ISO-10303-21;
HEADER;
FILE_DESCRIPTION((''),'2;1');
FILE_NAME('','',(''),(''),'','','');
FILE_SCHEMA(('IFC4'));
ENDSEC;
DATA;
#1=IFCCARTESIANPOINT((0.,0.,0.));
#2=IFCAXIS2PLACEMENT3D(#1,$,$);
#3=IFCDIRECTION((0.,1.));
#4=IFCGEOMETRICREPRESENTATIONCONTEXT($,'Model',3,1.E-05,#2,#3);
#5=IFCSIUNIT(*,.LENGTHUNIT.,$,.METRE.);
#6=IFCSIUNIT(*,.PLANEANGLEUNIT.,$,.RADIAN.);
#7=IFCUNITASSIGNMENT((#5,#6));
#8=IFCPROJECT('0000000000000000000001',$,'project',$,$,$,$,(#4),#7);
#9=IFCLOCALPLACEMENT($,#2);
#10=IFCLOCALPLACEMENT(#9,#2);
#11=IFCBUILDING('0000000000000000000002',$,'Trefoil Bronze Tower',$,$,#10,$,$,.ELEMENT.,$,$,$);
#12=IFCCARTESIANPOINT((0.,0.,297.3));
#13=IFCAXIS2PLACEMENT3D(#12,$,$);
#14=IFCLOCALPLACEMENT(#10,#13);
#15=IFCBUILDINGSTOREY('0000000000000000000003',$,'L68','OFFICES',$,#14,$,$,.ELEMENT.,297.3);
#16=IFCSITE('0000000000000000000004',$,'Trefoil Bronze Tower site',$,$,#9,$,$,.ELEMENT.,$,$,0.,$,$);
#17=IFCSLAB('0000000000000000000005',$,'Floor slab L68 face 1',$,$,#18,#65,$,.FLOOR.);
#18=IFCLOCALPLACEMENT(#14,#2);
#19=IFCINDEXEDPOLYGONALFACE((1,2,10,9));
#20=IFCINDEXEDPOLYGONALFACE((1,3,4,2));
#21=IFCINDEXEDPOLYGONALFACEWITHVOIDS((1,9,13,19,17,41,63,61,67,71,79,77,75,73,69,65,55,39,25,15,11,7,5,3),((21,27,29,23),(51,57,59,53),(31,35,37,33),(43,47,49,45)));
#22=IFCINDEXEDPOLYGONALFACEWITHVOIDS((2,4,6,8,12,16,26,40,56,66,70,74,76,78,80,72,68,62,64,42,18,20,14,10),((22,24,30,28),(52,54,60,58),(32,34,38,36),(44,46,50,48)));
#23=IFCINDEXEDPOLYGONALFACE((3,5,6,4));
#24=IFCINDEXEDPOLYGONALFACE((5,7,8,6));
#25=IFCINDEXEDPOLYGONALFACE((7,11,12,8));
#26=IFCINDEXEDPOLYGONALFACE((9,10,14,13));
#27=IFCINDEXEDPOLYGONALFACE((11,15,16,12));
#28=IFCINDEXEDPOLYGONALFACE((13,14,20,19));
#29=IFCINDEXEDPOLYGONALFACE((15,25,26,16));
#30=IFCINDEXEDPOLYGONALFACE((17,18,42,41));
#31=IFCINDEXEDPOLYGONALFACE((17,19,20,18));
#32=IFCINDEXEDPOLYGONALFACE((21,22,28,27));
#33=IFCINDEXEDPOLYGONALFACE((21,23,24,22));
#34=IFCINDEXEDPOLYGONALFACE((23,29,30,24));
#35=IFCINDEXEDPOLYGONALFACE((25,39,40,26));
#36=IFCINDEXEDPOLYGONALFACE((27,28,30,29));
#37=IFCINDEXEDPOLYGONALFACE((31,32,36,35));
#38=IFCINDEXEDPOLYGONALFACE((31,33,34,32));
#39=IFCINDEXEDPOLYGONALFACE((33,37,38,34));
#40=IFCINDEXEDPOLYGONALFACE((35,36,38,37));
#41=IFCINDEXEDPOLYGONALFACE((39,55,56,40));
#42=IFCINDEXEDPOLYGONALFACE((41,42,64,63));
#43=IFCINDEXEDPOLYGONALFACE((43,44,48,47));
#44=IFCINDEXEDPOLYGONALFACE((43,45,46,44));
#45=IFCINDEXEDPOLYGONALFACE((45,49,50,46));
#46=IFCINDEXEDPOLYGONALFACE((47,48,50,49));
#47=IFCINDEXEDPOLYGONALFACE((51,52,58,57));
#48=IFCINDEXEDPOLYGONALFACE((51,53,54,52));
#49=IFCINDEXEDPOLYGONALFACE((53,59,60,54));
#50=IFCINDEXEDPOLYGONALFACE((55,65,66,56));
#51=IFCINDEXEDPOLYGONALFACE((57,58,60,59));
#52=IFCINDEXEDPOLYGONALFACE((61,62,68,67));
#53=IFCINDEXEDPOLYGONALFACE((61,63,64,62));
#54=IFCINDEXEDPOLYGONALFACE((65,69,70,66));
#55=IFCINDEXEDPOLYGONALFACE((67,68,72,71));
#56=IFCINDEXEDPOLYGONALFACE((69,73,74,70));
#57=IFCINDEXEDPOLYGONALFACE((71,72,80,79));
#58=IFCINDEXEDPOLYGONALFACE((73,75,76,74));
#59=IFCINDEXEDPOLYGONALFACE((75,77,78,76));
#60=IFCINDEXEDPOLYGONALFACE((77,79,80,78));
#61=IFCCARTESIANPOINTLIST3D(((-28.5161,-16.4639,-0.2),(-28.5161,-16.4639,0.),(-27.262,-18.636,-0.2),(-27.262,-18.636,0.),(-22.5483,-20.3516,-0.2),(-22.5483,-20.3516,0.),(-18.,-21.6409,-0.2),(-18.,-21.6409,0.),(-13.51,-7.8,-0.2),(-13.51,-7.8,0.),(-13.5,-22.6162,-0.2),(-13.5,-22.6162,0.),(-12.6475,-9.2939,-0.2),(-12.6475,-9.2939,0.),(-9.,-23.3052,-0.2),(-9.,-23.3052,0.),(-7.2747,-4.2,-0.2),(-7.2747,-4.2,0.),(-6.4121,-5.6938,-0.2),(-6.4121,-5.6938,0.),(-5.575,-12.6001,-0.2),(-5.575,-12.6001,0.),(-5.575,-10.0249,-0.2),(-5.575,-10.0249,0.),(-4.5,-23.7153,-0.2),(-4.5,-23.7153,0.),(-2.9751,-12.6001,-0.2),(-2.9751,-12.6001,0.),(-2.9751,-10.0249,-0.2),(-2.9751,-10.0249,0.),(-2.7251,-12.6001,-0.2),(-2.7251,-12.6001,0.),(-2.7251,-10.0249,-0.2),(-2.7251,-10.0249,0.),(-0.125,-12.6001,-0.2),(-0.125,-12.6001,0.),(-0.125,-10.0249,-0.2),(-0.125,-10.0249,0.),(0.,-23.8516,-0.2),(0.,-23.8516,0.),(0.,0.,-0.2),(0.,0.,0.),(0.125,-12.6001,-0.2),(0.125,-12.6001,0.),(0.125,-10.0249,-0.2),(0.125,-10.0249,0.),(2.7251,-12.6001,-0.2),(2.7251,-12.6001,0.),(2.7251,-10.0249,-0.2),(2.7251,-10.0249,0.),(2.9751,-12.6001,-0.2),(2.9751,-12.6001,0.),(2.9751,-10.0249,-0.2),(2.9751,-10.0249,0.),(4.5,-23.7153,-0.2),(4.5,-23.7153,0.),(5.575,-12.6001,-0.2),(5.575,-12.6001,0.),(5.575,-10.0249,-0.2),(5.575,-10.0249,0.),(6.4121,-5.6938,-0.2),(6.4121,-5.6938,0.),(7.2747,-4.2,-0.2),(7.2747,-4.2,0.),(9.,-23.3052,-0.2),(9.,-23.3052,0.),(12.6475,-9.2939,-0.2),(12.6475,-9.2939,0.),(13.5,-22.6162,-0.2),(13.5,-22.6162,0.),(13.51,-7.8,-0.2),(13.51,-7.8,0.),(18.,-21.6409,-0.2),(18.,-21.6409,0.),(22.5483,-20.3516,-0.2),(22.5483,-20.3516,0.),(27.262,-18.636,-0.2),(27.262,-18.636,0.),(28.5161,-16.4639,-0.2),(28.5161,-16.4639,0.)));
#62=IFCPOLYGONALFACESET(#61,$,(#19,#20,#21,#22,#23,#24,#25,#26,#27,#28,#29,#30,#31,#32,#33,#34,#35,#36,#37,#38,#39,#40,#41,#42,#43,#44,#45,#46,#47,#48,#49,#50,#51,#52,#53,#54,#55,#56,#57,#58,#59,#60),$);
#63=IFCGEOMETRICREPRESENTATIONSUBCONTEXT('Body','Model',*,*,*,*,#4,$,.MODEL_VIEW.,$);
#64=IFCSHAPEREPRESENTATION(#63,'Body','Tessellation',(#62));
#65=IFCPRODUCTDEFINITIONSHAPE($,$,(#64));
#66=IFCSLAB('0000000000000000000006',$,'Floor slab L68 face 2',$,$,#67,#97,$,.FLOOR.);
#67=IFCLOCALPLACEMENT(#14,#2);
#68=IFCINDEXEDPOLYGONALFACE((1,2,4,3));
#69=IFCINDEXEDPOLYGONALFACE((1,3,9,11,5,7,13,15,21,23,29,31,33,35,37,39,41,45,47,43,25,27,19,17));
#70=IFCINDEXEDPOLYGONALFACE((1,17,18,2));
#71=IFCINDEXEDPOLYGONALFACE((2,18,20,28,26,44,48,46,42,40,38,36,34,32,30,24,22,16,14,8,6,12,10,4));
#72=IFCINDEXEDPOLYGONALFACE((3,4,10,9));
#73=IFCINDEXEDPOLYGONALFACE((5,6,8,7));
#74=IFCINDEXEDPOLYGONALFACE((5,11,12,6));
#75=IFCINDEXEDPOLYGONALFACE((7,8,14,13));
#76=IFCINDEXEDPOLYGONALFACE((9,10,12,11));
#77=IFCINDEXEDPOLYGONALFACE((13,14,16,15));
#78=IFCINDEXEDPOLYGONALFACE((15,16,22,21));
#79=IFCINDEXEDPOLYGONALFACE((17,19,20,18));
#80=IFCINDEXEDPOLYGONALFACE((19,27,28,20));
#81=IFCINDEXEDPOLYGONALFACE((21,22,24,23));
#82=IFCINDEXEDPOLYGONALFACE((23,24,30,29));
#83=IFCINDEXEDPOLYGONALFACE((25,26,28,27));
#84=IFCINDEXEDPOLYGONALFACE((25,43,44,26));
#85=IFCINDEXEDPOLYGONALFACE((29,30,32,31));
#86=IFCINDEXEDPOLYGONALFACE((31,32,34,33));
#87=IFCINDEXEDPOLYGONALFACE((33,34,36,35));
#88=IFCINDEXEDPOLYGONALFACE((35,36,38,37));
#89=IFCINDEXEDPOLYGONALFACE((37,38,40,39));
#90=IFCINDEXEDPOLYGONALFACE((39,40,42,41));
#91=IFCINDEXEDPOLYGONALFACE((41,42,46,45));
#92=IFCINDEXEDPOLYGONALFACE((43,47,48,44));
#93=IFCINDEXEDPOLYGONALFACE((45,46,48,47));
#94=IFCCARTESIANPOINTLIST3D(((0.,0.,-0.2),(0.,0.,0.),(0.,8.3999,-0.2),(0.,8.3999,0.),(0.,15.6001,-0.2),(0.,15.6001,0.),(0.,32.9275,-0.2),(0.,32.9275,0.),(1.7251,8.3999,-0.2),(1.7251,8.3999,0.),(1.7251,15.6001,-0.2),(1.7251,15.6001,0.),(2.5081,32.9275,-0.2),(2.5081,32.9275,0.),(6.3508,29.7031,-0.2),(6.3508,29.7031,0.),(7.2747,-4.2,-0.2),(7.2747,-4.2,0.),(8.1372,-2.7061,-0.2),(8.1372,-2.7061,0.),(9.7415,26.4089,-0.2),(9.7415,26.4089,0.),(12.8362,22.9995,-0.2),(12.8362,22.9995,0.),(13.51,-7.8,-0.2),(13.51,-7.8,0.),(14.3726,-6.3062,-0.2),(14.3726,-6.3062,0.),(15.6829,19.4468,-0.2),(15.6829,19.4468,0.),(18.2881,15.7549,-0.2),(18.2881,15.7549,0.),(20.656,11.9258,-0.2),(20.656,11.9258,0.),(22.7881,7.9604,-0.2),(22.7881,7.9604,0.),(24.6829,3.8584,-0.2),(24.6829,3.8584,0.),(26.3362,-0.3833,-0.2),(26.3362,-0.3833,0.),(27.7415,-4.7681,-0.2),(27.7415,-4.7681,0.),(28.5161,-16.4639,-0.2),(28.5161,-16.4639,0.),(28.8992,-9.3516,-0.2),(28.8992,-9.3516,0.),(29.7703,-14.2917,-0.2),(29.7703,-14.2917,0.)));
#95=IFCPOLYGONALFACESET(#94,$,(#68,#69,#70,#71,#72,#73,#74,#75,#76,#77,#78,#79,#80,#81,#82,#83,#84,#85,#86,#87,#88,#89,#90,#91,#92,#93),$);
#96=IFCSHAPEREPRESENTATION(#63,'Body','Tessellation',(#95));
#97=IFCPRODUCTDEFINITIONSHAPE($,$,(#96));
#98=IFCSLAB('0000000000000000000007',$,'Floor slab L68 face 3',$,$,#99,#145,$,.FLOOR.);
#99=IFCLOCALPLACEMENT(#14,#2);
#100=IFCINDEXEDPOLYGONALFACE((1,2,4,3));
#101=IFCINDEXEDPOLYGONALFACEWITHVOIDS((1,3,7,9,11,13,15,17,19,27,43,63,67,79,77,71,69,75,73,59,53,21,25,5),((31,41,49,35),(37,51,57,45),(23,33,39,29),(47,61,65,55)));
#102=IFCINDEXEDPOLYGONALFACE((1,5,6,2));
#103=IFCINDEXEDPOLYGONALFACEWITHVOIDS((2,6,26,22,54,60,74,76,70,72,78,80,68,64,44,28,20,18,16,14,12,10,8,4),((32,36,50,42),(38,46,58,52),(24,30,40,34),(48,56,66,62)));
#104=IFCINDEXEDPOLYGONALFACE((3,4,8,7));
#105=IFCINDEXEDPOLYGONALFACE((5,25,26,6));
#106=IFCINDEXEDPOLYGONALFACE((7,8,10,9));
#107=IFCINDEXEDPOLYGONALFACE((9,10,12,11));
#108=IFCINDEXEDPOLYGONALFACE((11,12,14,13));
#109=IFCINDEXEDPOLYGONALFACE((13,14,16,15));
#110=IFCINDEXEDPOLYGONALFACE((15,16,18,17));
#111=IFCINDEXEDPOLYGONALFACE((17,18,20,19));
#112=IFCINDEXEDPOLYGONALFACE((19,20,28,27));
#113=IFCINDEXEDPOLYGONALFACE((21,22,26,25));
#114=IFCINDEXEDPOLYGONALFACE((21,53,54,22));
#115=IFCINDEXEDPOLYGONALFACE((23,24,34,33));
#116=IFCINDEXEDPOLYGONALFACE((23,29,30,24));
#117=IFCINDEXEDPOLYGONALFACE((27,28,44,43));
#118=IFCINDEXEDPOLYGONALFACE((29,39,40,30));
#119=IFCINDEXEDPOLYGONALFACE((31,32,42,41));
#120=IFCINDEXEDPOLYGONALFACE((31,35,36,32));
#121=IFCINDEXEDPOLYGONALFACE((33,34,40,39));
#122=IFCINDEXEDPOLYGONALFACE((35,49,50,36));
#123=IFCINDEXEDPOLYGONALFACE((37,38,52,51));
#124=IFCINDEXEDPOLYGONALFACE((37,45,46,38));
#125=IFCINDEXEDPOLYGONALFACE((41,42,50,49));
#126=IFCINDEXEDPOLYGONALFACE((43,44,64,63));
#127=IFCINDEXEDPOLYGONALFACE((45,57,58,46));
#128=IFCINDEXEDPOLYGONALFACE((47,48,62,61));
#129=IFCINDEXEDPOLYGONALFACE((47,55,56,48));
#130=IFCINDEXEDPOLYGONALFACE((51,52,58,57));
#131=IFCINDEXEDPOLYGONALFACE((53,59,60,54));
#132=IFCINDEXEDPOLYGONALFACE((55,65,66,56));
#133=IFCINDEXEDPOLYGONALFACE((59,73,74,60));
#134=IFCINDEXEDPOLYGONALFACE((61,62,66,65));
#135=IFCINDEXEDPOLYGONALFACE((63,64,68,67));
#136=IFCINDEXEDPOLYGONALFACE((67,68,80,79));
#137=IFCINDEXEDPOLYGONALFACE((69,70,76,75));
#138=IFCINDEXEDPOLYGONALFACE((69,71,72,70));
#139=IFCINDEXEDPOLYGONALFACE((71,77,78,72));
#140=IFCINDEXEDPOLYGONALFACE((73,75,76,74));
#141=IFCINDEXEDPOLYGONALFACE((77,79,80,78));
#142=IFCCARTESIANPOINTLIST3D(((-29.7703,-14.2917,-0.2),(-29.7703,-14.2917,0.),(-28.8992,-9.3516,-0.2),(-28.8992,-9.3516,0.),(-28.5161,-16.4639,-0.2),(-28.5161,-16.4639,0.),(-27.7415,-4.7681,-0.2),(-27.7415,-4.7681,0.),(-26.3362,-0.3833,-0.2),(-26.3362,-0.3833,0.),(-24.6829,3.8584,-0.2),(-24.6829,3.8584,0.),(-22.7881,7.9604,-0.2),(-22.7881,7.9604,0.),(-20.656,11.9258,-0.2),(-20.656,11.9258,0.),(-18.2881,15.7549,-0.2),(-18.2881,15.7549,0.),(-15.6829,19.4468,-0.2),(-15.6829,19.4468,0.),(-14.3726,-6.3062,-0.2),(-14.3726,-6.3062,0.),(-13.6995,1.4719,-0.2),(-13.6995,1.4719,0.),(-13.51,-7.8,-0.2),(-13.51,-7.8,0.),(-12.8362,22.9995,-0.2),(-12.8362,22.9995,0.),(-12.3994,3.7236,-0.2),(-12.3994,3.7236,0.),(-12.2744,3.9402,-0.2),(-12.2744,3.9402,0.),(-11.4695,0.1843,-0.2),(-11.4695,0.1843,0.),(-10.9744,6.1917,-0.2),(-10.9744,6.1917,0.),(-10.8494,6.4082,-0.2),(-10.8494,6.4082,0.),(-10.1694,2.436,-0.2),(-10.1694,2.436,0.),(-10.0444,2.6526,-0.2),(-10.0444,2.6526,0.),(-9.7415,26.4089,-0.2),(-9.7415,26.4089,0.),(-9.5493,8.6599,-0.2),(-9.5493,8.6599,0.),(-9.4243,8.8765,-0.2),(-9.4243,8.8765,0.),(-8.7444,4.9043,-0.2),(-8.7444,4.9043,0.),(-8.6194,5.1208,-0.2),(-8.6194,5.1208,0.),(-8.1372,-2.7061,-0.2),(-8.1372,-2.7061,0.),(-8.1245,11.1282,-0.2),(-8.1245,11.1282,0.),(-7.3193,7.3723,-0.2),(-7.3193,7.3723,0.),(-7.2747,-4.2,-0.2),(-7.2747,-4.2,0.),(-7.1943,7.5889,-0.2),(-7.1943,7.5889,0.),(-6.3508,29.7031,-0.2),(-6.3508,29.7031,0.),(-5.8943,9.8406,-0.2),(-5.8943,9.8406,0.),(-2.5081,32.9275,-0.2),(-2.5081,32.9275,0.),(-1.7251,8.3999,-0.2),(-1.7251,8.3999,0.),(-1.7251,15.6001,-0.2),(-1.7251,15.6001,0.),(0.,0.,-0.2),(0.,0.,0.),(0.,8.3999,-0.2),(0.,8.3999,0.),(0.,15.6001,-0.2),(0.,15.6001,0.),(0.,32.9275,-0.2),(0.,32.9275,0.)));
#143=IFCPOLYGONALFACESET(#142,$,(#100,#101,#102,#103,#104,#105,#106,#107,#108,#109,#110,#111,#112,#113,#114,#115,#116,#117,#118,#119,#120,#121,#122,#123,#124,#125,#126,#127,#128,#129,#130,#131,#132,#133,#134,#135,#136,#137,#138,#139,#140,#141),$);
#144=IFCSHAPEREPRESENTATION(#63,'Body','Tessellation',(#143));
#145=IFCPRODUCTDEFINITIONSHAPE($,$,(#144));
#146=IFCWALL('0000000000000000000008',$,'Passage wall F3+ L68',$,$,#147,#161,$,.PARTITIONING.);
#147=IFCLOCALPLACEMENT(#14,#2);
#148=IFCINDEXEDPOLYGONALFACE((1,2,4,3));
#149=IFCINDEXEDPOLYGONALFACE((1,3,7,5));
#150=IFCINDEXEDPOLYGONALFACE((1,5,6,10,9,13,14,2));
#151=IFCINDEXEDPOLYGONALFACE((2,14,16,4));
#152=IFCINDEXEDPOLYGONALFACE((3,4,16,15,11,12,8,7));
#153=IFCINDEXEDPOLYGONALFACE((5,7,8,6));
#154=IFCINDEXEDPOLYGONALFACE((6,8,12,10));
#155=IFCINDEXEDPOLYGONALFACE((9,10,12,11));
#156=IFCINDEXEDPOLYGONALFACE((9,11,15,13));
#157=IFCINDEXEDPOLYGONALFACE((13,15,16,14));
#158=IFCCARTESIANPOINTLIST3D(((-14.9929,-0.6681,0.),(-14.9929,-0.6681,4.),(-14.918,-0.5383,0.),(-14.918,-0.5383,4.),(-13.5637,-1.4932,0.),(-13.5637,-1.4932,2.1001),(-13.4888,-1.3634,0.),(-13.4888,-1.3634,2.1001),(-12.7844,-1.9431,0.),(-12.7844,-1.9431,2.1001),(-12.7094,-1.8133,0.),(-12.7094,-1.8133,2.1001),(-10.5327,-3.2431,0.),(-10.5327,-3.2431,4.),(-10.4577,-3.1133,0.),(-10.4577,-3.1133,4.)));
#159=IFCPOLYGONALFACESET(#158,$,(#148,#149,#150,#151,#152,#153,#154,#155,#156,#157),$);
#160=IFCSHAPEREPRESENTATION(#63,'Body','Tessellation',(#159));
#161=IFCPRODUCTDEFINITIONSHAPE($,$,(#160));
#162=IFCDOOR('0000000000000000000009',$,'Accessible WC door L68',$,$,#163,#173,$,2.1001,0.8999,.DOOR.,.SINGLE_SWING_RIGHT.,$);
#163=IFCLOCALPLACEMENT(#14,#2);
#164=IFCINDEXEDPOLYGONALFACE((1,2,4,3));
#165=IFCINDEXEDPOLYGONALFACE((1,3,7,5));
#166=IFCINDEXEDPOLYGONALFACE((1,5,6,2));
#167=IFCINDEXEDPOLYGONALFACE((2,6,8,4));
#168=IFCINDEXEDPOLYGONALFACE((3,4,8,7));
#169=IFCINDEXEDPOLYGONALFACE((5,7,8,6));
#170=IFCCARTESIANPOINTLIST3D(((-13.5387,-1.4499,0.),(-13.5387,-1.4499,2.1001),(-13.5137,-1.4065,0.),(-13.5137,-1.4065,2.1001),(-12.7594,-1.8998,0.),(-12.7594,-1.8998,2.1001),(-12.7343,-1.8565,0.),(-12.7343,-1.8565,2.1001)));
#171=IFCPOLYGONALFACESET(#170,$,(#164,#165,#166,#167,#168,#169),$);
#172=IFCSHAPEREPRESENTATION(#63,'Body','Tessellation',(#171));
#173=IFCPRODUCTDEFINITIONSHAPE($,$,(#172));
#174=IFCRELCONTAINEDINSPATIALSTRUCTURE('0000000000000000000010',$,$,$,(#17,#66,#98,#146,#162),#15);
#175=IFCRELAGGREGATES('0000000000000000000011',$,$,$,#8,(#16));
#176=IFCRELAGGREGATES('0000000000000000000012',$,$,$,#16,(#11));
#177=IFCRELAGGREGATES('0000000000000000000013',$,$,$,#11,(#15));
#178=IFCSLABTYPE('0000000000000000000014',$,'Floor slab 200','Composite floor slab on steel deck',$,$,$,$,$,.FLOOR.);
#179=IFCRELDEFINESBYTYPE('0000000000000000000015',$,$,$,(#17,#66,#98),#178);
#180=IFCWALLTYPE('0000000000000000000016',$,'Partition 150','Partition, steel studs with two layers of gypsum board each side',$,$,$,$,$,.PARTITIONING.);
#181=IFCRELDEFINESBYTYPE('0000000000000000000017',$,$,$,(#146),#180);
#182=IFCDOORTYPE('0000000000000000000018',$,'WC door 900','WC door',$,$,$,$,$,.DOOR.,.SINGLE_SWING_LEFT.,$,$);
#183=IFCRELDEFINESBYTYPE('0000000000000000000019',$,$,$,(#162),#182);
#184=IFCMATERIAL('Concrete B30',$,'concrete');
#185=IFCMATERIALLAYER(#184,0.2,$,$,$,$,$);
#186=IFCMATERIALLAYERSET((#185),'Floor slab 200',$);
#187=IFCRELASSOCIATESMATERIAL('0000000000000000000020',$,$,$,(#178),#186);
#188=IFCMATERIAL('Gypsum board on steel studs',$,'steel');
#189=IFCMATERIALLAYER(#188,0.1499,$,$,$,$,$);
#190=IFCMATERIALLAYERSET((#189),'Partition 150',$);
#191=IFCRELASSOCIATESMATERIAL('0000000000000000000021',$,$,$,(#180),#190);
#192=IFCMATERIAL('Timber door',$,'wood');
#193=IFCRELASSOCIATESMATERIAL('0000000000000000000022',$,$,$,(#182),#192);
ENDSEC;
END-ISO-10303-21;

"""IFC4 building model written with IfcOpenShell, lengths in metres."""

from ifc_helpers import new_model, si_unit, direction, frame, frame_2d, origin, place, context, subcontext, project, spatial, polyline, rectangle, outline, extrude, material, layer, layer_set, type_object, element, fill, save


model = new_model("IFC4")

# Units and contexts
model_context = context("Model", 3, precision=1e-05, world=origin(), true_north=direction((0.0, 1.0)))
body_context = subcontext(model_context, "Body", "Model", "MODEL_VIEW")
ifc_project = project(units=[si_unit("LENGTHUNIT", "METRE"), si_unit("PLANEANGLEUNIT", "RADIAN")], contexts=[model_context])

# Site, building, storey
site_placement = place(None, origin())
site = spatial("IfcSite", under=ifc_project, at=site_placement, Name="Trefoil Bronze Tower site", CompositionType="ELEMENT", RefElevation=0.0)
building_placement = place(site_placement, origin())
building = spatial("IfcBuilding", under=site, at=building_placement, Name="Trefoil Bronze Tower", CompositionType="ELEMENT")
storey_placement = place(building_placement, frame((0.0, 0.0, 297.3)))
storey = spatial("IfcBuildingStorey", under=building, at=storey_placement, Name="L68", Description="OFFICES", CompositionType="ELEMENT", Elevation=297.3)

# Slabs
ifc_material_1 = material(Name="Concrete B30", Category="concrete")
ifc_layer_1 = layer(ifc_material_1, 0.2)
ifc_layer_set_1 = layer_set([ifc_layer_1], Name="Floor slab 200")
slab_type = type_object("IfcSlabType", Name="Floor slab 200", Description="Composite floor slab on steel deck", PredefinedType="FLOOR", material=ifc_layer_set_1)
slab_1_placement = place(storey_placement, frame((0.0, 0.0, -0.2)))
element("IfcSlab", 1, at=slab_1_placement, inside=storey, type_object=slab_type, Name="Floor slab L68 face 1", PredefinedType="FLOOR", context=body_context, shape_type="SweptSolid", body=[
    extrude(outline(polyline([(13.5, -22.6162), (9.0, -23.3052), (4.5, -23.7153), (0.0, -23.8516), (-4.5, -23.7153), (-9.0, -23.3052), (-13.5, -22.6162), (-18.0, -21.6409), (-22.5483, -20.3516), (-27.262, -18.636), (-28.5161, -16.4639), (-13.51, -7.8), (-12.6475, -9.2939), (-6.4121, -5.6938), (-7.2747, -4.2), (0.0, 0.0), (7.2747, -4.2), (6.4121, -5.6938), (12.6475, -9.2939), (13.51, -7.8), (28.5161, -16.4639), (27.262, -18.636), (22.5483, -20.3516), (18.0, -21.6409), (13.5, -22.6162)]), holes=[polyline([(-5.575, -10.0249), (-2.9751, -10.0249), (-2.9751, -12.6001), (-5.575, -12.6001), (-5.575, -10.0249)]), polyline([(-2.7251, -10.0249), (-0.125, -10.0249), (-0.125, -12.6001), (-2.7251, -12.6001), (-2.7251, -10.0249)]), polyline([(0.125, -10.0249), (2.7251, -10.0249), (2.7251, -12.6001), (0.125, -12.6001), (0.125, -10.0249)]), polyline([(2.9751, -10.0249), (5.575, -10.0249), (5.575, -12.6001), (2.9751, -12.6001), (2.9751, -10.0249)])]), origin(), (0.0, 0.0, 1.0), 0.2),
])
slab_2_placement = place(storey_placement, frame((0.0, 0.0, -0.2)))
element("IfcSlab", 2, at=slab_2_placement, inside=storey, type_object=slab_type, Name="Floor slab L68 face 2", PredefinedType="FLOOR", context=body_context, shape_type="SweptSolid", body=[
    extrude(outline(polyline([(12.8362, 22.9995), (15.6829, 19.4468), (18.2881, 15.7549), (20.656, 11.9258), (22.7881, 7.9604), (24.6829, 3.8584), (26.3362, -0.3833), (27.7415, -4.7681), (28.8992, -9.3516), (29.7703, -14.2917), (28.5161, -16.4639), (13.51, -7.8), (14.3726, -6.3062), (8.1372, -2.7061), (7.2747, -4.2), (0.0, 0.0), (0.0, 8.3999), (1.7251, 8.3999), (1.7251, 15.6001), (0.0, 15.6001), (0.0, 32.9275), (2.5081, 32.9275), (6.3508, 29.7031), (9.7415, 26.4089), (12.8362, 22.9995)])), origin(), (0.0, 0.0, 1.0), 0.2),
])
slab_3_placement = place(storey_placement, frame((0.0, 0.0, -0.2)))
element("IfcSlab", 3, at=slab_3_placement, inside=storey, type_object=slab_type, Name="Floor slab L68 face 3", PredefinedType="FLOOR", context=body_context, shape_type="SweptSolid", body=[
    extrude(outline(polyline([(-26.3362, -0.3833), (-24.6829, 3.8584), (-22.7881, 7.9604), (-20.656, 11.9258), (-18.2881, 15.7549), (-15.6829, 19.4468), (-12.8362, 22.9995), (-9.7415, 26.4089), (-6.3508, 29.7031), (-2.5081, 32.9275), (0.0, 32.9275), (0.0, 15.6001), (-1.7251, 15.6001), (-1.7251, 8.3999), (0.0, 8.3999), (0.0, 0.0), (-7.2747, -4.2), (-8.1372, -2.7061), (-14.3726, -6.3062), (-13.51, -7.8), (-28.5161, -16.4639), (-29.7703, -14.2917), (-28.8992, -9.3516), (-27.7415, -4.7681), (-26.3362, -0.3833)]), holes=[polyline([(-5.8943, 9.8406), (-7.1943, 7.5889), (-9.4243, 8.8765), (-8.1245, 11.1282), (-5.8943, 9.8406)]), polyline([(-7.3193, 7.3723), (-8.6194, 5.1208), (-10.8494, 6.4082), (-9.5493, 8.6599), (-7.3193, 7.3723)]), polyline([(-8.7444, 4.9043), (-10.0444, 2.6526), (-12.2744, 3.9402), (-10.9744, 6.1917), (-8.7444, 4.9043)]), polyline([(-10.1694, 2.436), (-11.4695, 0.1843), (-13.6995, 1.4719), (-12.3994, 3.7236), (-10.1694, 2.436)])]), origin(), (0.0, 0.0, 1.0), 0.2),
])

# Wall, opening, door
ifc_material_2 = material(Name="Gypsum board on steel studs", Category="steel")
ifc_layer_2 = layer(ifc_material_2, 0.1499)
ifc_layer_set_2 = layer_set([ifc_layer_2], Name="Partition 150")
wall_type_1 = type_object("IfcWallType", Name="Partition 150", Description="Partition, steel studs with two layers of gypsum board each side", PredefinedType="PARTITIONING", material=ifc_layer_set_2)
wall_1_placement = place(storey_placement, frame((-10.4951, -3.1782, 0.0), z_axis=(0.0, 0.0, 1.0), x_axis=(-0.866038, 0.499978, 0.0)))
wall_1 = element("IfcWall", 4, at=wall_1_placement, inside=storey, type_object=wall_type_1, Name="Passage wall F3+ L68", PredefinedType="PARTITIONING", context=body_context, shape_type="SweptSolid", body=[
    extrude(rectangle(XDim=5.1501, YDim=0.1499, at=frame_2d((2.5752, 0.0))), origin(), (0.0, 0.0, 1.0), 4.0),
])
opening_1_placement = place(wall_1_placement, frame((2.6001, 0.0, 0.0)))
opening_1 = element("IfcOpeningElement", 5, at=opening_1_placement, cuts=wall_1, PredefinedType="OPENING", context=body_context, shape_type="SweptSolid", body=[
    extrude(rectangle(XDim=0.8999, YDim=2.1001, at=frame_2d((0.45, 1.05))), frame((0.0, 0.085, 0.0), z_axis=(0.0, -1.0, 0.0), x_axis=(1.0, 0.0, 0.0)), (0.0, 0.0, 1.0), 0.1699),
])
ifc_material_3 = material(Name="Timber door", Category="wood")
door_type_1 = type_object("IfcDoorType", Name="WC door 900", Description="WC door", OperationType="SINGLE_SWING_LEFT", PredefinedType="DOOR", material=ifc_material_3)
door_1_placement = place(opening_1_placement, origin())
door_1 = element("IfcDoor", 6, at=door_1_placement, inside=storey, type_object=door_type_1, Name="Accessible WC door L68", OperationType="SINGLE_SWING_RIGHT", OverallHeight=2.1001, OverallWidth=0.8999, PredefinedType="DOOR", context=body_context, shape_type="SweptSolid", body=[
    extrude(rectangle(XDim=0.8999, YDim=2.1001, at=frame_2d((0.45, 1.05))), frame((0.0, 0.0249, 0.0), z_axis=(0.0, -1.0, 0.0), x_axis=(1.0, 0.0, 0.0)), (0.0, 0.0, 1.0), 0.05),
])
fill(opening_1, door_1)

save(model, "model.ifc")
